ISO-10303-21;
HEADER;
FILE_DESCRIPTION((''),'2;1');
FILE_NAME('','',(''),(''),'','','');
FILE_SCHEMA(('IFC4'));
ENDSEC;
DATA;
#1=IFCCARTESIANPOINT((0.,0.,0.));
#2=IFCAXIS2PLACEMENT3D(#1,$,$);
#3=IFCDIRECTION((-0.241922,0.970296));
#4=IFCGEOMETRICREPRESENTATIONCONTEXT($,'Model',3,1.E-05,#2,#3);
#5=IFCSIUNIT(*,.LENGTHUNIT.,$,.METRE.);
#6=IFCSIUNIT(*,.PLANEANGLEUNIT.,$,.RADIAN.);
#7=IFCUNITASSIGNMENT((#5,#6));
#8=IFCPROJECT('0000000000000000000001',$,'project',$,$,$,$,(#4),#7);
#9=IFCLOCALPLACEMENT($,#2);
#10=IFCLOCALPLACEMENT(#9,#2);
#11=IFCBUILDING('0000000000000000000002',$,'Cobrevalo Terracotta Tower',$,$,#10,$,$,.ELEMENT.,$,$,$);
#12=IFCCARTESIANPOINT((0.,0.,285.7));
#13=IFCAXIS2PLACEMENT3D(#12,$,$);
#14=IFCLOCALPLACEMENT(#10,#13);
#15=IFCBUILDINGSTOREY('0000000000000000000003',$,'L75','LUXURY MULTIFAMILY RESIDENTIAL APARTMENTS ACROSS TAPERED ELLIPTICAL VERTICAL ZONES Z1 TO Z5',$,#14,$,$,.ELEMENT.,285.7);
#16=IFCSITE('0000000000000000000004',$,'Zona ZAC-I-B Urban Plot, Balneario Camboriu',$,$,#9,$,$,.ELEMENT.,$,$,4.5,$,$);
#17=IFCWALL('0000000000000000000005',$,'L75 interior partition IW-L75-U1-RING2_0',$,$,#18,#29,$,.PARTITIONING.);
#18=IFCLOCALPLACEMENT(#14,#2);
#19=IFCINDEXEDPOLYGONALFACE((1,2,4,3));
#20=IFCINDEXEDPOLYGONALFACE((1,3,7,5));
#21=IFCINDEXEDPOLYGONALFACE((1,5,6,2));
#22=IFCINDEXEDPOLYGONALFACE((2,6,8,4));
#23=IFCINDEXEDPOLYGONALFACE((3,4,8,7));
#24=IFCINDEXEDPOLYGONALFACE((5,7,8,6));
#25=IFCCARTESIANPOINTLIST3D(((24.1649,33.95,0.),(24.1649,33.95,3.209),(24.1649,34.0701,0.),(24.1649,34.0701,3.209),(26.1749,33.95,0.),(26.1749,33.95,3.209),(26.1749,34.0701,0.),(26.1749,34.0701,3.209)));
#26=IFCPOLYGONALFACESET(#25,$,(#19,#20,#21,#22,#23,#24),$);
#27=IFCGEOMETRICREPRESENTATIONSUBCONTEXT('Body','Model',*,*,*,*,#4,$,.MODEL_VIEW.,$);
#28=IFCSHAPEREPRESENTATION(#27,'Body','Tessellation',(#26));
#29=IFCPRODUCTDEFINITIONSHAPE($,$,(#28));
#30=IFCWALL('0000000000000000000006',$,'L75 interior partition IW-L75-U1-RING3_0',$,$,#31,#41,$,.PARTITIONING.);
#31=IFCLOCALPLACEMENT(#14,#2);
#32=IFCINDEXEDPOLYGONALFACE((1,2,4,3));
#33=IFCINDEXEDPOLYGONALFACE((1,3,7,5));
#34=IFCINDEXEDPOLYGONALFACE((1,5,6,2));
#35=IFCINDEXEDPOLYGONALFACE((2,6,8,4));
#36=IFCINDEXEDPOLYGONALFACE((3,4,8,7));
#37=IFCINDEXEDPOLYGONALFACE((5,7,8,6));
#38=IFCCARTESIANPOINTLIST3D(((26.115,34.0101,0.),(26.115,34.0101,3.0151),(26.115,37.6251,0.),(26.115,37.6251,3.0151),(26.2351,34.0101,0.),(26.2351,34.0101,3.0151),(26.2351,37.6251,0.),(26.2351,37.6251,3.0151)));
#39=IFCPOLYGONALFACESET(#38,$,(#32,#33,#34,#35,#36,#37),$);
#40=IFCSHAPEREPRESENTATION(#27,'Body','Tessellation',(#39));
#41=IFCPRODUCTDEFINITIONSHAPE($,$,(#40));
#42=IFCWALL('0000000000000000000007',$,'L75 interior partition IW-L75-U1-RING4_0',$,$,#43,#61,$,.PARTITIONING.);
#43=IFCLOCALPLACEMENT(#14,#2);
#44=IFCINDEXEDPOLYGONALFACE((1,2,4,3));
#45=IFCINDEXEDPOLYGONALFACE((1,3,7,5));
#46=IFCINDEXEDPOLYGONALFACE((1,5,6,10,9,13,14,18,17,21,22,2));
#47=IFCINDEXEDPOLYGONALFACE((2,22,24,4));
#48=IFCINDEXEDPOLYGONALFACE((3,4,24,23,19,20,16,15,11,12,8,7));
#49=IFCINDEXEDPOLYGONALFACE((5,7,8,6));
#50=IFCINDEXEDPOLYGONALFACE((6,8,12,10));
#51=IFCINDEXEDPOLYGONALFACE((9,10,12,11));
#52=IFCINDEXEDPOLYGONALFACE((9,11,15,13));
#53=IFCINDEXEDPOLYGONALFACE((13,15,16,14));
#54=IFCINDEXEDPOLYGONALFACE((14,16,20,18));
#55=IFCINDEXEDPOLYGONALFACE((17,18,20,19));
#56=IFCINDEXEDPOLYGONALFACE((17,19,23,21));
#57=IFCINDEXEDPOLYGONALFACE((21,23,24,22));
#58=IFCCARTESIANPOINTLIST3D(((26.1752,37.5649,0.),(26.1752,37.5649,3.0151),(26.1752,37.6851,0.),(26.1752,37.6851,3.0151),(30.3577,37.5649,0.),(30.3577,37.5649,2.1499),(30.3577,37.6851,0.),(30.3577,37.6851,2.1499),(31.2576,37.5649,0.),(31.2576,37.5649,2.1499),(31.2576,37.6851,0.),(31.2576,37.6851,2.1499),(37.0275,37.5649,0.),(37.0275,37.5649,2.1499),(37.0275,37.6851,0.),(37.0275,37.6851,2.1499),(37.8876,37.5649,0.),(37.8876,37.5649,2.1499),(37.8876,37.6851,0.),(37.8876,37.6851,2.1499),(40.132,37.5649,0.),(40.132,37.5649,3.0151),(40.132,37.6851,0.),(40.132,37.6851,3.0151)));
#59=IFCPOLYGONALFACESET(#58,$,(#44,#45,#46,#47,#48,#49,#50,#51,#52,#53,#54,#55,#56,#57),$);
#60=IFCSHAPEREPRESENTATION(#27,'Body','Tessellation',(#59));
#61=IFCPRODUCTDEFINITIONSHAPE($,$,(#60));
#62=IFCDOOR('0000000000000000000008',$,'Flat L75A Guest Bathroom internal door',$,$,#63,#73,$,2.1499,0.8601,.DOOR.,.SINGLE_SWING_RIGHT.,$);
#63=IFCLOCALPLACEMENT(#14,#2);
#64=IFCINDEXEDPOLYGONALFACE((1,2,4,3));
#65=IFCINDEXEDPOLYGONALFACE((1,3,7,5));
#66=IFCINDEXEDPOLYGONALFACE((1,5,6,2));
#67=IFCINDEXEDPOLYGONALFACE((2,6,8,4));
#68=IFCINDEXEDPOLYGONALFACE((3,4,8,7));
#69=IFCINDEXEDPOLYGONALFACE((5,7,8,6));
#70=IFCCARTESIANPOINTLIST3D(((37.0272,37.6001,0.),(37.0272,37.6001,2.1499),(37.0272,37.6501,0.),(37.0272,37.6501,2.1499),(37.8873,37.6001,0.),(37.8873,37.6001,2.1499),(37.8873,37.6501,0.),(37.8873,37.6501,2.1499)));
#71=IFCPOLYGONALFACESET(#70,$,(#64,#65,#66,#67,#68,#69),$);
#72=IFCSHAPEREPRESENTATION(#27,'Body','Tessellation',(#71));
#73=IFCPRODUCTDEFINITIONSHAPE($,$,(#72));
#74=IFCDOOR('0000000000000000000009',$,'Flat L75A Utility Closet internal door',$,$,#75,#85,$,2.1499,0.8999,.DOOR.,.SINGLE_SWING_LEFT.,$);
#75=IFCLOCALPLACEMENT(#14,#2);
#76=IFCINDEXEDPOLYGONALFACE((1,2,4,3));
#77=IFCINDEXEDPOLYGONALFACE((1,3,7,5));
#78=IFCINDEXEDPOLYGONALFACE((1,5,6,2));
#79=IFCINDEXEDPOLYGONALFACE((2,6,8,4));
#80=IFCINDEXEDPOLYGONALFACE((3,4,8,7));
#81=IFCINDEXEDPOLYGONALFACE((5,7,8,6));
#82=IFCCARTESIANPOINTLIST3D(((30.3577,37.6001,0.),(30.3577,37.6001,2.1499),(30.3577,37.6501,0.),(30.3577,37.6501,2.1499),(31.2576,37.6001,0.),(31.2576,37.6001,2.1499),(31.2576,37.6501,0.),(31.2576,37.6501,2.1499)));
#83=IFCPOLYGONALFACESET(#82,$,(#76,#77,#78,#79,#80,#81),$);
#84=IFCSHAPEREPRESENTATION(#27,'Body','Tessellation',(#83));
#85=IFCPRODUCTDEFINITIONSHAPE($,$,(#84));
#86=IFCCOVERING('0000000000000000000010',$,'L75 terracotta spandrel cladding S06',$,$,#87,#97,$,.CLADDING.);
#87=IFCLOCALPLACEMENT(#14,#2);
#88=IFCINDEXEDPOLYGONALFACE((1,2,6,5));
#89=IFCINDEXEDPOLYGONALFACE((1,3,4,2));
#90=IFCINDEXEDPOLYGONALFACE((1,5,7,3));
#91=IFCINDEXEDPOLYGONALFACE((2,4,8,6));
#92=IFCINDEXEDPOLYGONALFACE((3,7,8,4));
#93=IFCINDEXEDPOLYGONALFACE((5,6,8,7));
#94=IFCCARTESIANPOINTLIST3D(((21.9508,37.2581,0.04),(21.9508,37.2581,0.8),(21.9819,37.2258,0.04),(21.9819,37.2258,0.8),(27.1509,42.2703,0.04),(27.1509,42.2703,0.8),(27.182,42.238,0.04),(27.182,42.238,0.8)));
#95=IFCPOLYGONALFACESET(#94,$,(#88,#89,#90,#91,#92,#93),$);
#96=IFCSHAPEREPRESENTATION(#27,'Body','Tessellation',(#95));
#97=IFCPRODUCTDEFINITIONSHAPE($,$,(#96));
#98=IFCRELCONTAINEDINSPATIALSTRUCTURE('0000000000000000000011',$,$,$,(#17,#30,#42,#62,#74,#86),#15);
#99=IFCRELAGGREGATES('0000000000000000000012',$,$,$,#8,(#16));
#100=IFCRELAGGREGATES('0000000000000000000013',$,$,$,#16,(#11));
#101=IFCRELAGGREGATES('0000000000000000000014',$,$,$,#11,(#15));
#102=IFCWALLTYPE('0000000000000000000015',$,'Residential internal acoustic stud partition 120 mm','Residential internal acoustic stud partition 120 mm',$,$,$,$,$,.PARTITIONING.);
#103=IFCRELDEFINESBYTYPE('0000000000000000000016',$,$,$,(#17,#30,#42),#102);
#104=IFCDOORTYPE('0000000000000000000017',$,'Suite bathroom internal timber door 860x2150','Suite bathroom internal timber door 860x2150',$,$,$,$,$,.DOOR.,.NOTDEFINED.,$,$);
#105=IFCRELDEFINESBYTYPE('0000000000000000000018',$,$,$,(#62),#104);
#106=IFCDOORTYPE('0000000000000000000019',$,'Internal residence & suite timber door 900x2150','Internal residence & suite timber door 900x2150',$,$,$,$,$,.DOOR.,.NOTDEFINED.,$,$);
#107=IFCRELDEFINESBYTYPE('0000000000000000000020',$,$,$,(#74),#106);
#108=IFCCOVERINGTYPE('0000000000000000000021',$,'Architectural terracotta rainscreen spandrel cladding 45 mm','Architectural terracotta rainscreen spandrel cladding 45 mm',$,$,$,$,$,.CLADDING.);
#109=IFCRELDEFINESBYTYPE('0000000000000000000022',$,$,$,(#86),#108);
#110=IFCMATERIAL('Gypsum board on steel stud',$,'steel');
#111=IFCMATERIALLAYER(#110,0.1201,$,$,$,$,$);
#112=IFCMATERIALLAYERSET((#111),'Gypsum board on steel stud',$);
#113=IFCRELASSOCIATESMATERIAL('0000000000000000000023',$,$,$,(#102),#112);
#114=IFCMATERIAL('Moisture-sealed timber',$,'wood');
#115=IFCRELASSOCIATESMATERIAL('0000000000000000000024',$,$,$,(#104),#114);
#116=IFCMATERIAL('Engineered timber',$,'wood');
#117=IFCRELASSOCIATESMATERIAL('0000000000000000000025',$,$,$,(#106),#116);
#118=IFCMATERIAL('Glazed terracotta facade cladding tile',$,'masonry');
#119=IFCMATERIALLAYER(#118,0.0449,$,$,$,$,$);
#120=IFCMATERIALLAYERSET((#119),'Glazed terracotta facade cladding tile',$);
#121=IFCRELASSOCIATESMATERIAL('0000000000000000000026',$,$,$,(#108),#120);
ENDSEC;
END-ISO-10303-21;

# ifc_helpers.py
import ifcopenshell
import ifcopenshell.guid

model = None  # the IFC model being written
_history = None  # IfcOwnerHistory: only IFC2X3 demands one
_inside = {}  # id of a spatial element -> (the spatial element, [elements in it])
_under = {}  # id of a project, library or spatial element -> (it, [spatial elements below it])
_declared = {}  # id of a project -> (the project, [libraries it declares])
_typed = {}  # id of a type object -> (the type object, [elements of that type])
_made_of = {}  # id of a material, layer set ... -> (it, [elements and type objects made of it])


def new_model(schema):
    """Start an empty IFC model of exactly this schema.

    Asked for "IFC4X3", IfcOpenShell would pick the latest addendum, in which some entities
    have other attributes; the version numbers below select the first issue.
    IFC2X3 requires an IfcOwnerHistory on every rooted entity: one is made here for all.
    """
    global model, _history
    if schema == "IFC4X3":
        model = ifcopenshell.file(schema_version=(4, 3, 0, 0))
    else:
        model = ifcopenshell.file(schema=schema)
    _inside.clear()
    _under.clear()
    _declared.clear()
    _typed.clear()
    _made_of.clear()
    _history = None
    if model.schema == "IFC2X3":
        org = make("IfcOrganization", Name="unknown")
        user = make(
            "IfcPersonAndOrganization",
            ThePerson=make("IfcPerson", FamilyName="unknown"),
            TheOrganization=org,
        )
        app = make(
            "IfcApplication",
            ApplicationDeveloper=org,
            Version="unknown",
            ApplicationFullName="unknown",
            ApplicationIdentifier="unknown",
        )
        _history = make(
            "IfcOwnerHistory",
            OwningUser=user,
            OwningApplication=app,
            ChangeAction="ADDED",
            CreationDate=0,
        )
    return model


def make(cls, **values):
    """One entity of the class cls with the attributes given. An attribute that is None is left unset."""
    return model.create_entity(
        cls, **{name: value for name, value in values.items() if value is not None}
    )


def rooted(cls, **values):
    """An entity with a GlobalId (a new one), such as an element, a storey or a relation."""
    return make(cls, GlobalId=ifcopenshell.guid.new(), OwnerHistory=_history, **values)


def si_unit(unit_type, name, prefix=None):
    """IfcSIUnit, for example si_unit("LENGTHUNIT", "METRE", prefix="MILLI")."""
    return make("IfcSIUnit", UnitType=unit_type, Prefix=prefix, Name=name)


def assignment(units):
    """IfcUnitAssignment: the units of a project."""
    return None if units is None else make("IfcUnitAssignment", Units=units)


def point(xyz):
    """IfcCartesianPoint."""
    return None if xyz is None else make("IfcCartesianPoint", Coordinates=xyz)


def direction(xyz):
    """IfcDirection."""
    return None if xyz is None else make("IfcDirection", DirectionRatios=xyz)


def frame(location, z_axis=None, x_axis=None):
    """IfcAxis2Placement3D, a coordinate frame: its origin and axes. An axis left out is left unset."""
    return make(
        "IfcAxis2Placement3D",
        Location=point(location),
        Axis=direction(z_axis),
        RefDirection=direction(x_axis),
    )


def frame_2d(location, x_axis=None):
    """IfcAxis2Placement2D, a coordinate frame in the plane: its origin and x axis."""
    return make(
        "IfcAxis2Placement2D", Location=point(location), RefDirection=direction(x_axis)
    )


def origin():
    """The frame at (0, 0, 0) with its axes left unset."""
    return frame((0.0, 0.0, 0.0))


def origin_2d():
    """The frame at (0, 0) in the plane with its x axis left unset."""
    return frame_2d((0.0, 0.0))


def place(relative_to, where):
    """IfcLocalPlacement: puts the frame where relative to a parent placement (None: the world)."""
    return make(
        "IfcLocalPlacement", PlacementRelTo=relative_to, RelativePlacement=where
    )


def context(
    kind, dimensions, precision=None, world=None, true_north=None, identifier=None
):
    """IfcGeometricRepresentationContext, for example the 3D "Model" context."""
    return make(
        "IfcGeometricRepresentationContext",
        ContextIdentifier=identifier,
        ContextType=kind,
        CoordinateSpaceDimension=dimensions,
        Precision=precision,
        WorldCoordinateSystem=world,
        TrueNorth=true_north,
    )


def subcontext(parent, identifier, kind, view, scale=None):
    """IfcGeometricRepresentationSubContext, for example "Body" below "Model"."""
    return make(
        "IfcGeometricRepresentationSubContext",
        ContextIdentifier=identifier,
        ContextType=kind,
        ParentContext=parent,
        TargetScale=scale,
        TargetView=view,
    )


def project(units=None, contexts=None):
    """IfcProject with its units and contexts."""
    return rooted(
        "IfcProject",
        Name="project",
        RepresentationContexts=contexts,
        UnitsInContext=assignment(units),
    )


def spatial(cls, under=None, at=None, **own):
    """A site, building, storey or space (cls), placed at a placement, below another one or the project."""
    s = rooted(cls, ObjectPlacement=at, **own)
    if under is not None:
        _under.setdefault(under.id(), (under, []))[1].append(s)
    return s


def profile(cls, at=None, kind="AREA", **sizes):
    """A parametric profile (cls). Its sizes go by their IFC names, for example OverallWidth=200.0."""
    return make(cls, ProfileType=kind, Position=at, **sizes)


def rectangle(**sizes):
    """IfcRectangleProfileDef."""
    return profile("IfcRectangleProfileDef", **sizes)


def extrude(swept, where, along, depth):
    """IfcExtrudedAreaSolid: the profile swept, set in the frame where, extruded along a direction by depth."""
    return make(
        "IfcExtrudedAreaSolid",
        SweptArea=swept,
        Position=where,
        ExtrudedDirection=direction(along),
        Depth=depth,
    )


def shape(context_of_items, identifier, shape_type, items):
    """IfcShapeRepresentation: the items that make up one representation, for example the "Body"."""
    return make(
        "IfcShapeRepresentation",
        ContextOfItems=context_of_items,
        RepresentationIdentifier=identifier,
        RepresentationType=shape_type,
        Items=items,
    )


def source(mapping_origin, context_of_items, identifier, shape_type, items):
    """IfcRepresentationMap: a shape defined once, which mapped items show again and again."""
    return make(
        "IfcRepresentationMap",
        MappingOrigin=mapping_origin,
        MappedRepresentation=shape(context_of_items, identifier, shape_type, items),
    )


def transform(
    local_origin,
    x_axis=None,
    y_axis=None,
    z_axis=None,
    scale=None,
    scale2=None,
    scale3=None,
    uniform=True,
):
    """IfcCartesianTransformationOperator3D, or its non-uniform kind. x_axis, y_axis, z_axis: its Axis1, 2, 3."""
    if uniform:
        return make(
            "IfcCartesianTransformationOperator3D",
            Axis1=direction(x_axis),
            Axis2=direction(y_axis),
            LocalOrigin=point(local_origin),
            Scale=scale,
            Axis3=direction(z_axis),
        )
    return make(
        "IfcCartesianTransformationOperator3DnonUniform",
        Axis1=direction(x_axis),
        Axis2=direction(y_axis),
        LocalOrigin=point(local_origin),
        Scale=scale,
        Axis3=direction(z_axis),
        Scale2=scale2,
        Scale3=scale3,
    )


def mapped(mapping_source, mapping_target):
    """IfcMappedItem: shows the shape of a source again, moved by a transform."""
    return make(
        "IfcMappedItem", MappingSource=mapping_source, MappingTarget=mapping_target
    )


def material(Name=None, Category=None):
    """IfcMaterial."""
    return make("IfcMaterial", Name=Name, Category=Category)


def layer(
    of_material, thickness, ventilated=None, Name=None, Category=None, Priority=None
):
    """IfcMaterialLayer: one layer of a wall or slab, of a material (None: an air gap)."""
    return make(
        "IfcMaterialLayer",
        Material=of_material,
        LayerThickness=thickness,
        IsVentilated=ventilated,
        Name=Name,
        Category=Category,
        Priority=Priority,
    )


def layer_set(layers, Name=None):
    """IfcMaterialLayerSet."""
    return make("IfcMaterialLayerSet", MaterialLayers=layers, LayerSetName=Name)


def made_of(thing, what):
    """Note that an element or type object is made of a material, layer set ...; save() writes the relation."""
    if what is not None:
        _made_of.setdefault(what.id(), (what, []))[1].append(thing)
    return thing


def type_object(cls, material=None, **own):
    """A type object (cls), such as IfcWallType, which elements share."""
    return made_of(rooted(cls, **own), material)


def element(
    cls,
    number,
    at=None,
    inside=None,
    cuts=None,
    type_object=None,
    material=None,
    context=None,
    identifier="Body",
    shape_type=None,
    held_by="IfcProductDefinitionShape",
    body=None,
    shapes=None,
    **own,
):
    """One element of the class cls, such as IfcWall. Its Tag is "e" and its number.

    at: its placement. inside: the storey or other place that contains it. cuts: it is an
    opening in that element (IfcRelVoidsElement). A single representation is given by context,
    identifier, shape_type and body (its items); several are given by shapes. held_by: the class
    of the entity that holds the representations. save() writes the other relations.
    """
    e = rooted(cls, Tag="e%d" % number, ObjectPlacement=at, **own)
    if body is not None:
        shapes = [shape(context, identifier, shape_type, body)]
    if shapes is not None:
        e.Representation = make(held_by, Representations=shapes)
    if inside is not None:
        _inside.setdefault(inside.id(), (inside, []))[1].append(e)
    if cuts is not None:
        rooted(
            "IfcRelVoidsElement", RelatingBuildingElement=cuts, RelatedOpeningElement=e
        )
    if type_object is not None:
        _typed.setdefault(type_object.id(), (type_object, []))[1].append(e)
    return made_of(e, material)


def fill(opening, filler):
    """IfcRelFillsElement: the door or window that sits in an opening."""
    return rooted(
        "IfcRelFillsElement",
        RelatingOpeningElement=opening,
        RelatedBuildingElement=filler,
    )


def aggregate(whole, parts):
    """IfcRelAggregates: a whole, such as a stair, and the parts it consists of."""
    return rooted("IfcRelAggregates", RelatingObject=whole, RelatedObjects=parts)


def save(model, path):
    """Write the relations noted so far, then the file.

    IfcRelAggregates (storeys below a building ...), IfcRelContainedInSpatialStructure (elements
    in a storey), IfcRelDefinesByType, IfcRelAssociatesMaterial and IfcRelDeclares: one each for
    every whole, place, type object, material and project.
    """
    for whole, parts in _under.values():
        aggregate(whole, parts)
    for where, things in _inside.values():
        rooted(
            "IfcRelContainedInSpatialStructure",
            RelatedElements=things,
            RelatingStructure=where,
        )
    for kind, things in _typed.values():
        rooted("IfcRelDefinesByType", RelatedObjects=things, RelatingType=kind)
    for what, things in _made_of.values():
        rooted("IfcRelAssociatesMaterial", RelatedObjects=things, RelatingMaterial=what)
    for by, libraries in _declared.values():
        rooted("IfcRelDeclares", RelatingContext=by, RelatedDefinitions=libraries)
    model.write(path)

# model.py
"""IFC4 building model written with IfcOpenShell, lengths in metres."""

from ifc_helpers import new_model, si_unit, direction, frame, frame_2d, origin, origin_2d, place, context, subcontext, project, spatial, rectangle, extrude, source, transform, mapped, material, layer, layer_set, type_object, element, fill, save


model = new_model("IFC4")

# Units and contexts
model_context = context("Model", 3, precision=1e-05, world=origin(), true_north=direction((-0.241922, 0.970296)))
body_context = subcontext(model_context, "Body", "Model", "MODEL_VIEW")
ifc_project = project(units=[si_unit("LENGTHUNIT", "METRE"), si_unit("PLANEANGLEUNIT", "RADIAN")], contexts=[model_context])

# Site, building, storey
site_placement = place(None, origin())
site = spatial("IfcSite", under=ifc_project, at=site_placement, Name="Zona ZAC-I-B Urban Plot, Balneario Camboriu", CompositionType="ELEMENT", RefElevation=4.5)
building_placement = place(site_placement, origin())
building = spatial("IfcBuilding", under=site, at=building_placement, Name="Cobrevalo Terracotta Tower", CompositionType="ELEMENT")
storey_placement = place(building_placement, frame((0.0, 0.0, 285.7)))
storey = spatial("IfcBuildingStorey", under=building, at=storey_placement, Name="L75", Description="LUXURY MULTIFAMILY RESIDENTIAL APARTMENTS ACROSS TAPERED ELLIPTICAL VERTICAL ZONES Z1 TO Z5", CompositionType="ELEMENT", Elevation=285.7)

# Walls
ifc_material_1 = material(Name="Gypsum board on steel stud", Category="steel")
ifc_layer_1 = layer(ifc_material_1, 0.1201)
ifc_layer_set_1 = layer_set([ifc_layer_1], Name="Gypsum board on steel stud")
wall_type_1 = type_object("IfcWallType", Name="Residential internal acoustic stud partition 120 mm", Description="Residential internal acoustic stud partition 120 mm", PredefinedType="PARTITIONING", material=ifc_layer_set_1)
wall_1_placement = place(storey_placement, frame((24.165, 34.01, 0.0), z_axis=(0.0, 0.0, 1.0), x_axis=(1.0, 0.0, 0.0)))
element("IfcWall", 1, at=wall_1_placement, inside=storey, type_object=wall_type_1, Name="L75 interior partition IW-L75-U1-RING2_0", PredefinedType="PARTITIONING", context=body_context, shape_type="SweptSolid", body=[
    extrude(rectangle(XDim=2.01, YDim=0.1201, at=frame_2d((1.0049, 0.0))), origin(), (0.0, 0.0, 1.0), 3.209),
])
wall_2_placement = place(storey_placement, frame((26.175, 34.01, 0.0), z_axis=(0.0, 0.0, 1.0), x_axis=(0.0, 1.0, 0.0)))
element("IfcWall", 2, at=wall_2_placement, inside=storey, type_object=wall_type_1, Name="L75 interior partition IW-L75-U1-RING3_0", PredefinedType="PARTITIONING", context=body_context, shape_type="SweptSolid", body=[
    extrude(rectangle(XDim=3.615, YDim=0.1201, at=frame_2d((1.8076, 0.0))), origin(), (0.0, 0.0, 1.0), 3.0151),
])

# Wall, openings, doors
wall_3_placement = place(storey_placement, frame((26.175, 37.625, 0.0), z_axis=(0.0, 0.0, 1.0), x_axis=(1.0, 0.0, 0.0)))
wall_3 = element("IfcWall", 3, at=wall_3_placement, inside=storey, type_object=wall_type_1, Name="L75 interior partition IW-L75-U1-RING4_0", PredefinedType="PARTITIONING", context=body_context, shape_type="SweptSolid", body=[
    extrude(rectangle(XDim=13.9568, YDim=0.1201, at=frame_2d((6.9785, 0.0))), origin(), (0.0, 0.0, 1.0), 3.0151),
])
opening_1_placement = place(wall_3_placement, frame((10.8523, 0.0, 0.0)))
opening_1 = element("IfcOpeningElement", 4, at=opening_1_placement, cuts=wall_3, PredefinedType="OPENING", context=body_context, shape_type="SweptSolid", body=[
    extrude(rectangle(XDim=0.8601, YDim=2.1499, at=frame_2d((0.4302, 1.075))), frame((0.0, 0.0701, 0.0), z_axis=(0.0, -1.0, 0.0), x_axis=(1.0, 0.0, 0.0)), (0.0, 0.0, 1.0), 0.1401),
])
opening_2_placement = place(wall_3_placement, frame((4.1826, 0.0, 0.0)))
opening_2 = element("IfcOpeningElement", 5, at=opening_2_placement, cuts=wall_3, PredefinedType="OPENING", context=body_context, shape_type="SweptSolid", body=[
    extrude(rectangle(XDim=0.8999, YDim=2.1499, at=frame_2d((0.45, 1.075))), frame((0.0, 0.0701, 0.0), z_axis=(0.0, -1.0, 0.0), x_axis=(1.0, 0.0, 0.0)), (0.0, 0.0, 1.0), 0.1401),
])
ifc_material_2 = material(Name="Moisture-sealed timber", Category="wood")
door_type_1 = type_object("IfcDoorType", Name="Suite bathroom internal timber door 860x2150", Description="Suite bathroom internal timber door 860x2150", OperationType="NOTDEFINED", PredefinedType="DOOR", material=ifc_material_2)
shared_shape_1 = source(origin(), body_context, "Body", "SweptSolid", [
    extrude(rectangle(XDim=0.8601, YDim=2.1499, at=frame_2d((0.4302, 1.075))), frame((0.0, 0.0249, 0.0), z_axis=(0.0, -1.0, 0.0), x_axis=(1.0, 0.0, 0.0)), (0.0, 0.0, 1.0), 0.05),
])
door_1_placement = place(opening_1_placement, frame((0.8601, 0.0, 0.0), z_axis=(0.0, 0.0, 1.0), x_axis=(-1.0, 0.0, 0.0)))
door_1 = element("IfcDoor", 6, at=door_1_placement, inside=storey, type_object=door_type_1, Name="Flat L75A Guest Bathroom internal door", OperationType="SINGLE_SWING_RIGHT", OverallHeight=2.1499, OverallWidth=0.8601, PredefinedType="DOOR", context=body_context, shape_type="MappedRepresentation", body=[
    mapped(shared_shape_1, transform((0.0, 0.0, 0.0), scale=1.0)),
])
fill(opening_1, door_1)
ifc_material_3 = material(Name="Engineered timber", Category="wood")
door_type_2 = type_object("IfcDoorType", Name="Internal residence & suite timber door 900x2150", Description="Internal residence & suite timber door 900x2150", OperationType="NOTDEFINED", PredefinedType="DOOR", material=ifc_material_3)
shared_shape_2 = source(origin(), body_context, "Body", "SweptSolid", [
    extrude(rectangle(XDim=0.8999, YDim=2.1499, at=frame_2d((0.45, 1.075))), frame((0.0, 0.0249, 0.0), z_axis=(0.0, -1.0, 0.0), x_axis=(1.0, 0.0, 0.0)), (0.0, 0.0, 1.0), 0.05),
])
door_2_placement = place(opening_2_placement, frame((0.8999, 0.0, 0.0), z_axis=(0.0, 0.0, 1.0), x_axis=(-1.0, 0.0, 0.0)))
door_2 = element("IfcDoor", 7, at=door_2_placement, inside=storey, type_object=door_type_2, Name="Flat L75A Utility Closet internal door", OperationType="SINGLE_SWING_LEFT", OverallHeight=2.1499, OverallWidth=0.8999, PredefinedType="DOOR", context=body_context, shape_type="MappedRepresentation", body=[
    mapped(shared_shape_2, transform((0.0, 0.0, 0.0), scale=1.0)),
])
fill(opening_2, door_2)

# Covering
ifc_material_4 = material(Name="Glazed terracotta facade cladding tile", Category="masonry")
ifc_layer_2 = layer(ifc_material_4, 0.0449)
ifc_layer_set_2 = layer_set([ifc_layer_2], Name="Glazed terracotta facade cladding tile")
covering_type = type_object("IfcCoveringType", Name="Architectural terracotta rainscreen spandrel cladding 45 mm", Description="Architectural terracotta rainscreen spandrel cladding 45 mm", PredefinedType="CLADDING", material=ifc_layer_set_2)
shared_shape_3 = source(origin(), body_context, "Body", "SweptSolid", [
    extrude(rectangle(XDim=7.2224, YDim=0.0449, at=origin_2d()), origin(), (0.0, 0.0, 1.0), 0.76),
])
covering_placement = place(storey_placement, frame((24.5664, 39.748, 0.04), z_axis=(0.0, 0.0, 1.0), x_axis=(-0.719997, -0.693978, 0.0)))
element("IfcCovering", 8, at=covering_placement, inside=storey, type_object=covering_type, Name="L75 terracotta spandrel cladding S06", PredefinedType="CLADDING", context=body_context, shape_type="MappedRepresentation", body=[
    mapped(shared_shape_3, transform((0.0, 0.0, 0.0), scale=1.0)),
])

save(model, "model.ifc")
